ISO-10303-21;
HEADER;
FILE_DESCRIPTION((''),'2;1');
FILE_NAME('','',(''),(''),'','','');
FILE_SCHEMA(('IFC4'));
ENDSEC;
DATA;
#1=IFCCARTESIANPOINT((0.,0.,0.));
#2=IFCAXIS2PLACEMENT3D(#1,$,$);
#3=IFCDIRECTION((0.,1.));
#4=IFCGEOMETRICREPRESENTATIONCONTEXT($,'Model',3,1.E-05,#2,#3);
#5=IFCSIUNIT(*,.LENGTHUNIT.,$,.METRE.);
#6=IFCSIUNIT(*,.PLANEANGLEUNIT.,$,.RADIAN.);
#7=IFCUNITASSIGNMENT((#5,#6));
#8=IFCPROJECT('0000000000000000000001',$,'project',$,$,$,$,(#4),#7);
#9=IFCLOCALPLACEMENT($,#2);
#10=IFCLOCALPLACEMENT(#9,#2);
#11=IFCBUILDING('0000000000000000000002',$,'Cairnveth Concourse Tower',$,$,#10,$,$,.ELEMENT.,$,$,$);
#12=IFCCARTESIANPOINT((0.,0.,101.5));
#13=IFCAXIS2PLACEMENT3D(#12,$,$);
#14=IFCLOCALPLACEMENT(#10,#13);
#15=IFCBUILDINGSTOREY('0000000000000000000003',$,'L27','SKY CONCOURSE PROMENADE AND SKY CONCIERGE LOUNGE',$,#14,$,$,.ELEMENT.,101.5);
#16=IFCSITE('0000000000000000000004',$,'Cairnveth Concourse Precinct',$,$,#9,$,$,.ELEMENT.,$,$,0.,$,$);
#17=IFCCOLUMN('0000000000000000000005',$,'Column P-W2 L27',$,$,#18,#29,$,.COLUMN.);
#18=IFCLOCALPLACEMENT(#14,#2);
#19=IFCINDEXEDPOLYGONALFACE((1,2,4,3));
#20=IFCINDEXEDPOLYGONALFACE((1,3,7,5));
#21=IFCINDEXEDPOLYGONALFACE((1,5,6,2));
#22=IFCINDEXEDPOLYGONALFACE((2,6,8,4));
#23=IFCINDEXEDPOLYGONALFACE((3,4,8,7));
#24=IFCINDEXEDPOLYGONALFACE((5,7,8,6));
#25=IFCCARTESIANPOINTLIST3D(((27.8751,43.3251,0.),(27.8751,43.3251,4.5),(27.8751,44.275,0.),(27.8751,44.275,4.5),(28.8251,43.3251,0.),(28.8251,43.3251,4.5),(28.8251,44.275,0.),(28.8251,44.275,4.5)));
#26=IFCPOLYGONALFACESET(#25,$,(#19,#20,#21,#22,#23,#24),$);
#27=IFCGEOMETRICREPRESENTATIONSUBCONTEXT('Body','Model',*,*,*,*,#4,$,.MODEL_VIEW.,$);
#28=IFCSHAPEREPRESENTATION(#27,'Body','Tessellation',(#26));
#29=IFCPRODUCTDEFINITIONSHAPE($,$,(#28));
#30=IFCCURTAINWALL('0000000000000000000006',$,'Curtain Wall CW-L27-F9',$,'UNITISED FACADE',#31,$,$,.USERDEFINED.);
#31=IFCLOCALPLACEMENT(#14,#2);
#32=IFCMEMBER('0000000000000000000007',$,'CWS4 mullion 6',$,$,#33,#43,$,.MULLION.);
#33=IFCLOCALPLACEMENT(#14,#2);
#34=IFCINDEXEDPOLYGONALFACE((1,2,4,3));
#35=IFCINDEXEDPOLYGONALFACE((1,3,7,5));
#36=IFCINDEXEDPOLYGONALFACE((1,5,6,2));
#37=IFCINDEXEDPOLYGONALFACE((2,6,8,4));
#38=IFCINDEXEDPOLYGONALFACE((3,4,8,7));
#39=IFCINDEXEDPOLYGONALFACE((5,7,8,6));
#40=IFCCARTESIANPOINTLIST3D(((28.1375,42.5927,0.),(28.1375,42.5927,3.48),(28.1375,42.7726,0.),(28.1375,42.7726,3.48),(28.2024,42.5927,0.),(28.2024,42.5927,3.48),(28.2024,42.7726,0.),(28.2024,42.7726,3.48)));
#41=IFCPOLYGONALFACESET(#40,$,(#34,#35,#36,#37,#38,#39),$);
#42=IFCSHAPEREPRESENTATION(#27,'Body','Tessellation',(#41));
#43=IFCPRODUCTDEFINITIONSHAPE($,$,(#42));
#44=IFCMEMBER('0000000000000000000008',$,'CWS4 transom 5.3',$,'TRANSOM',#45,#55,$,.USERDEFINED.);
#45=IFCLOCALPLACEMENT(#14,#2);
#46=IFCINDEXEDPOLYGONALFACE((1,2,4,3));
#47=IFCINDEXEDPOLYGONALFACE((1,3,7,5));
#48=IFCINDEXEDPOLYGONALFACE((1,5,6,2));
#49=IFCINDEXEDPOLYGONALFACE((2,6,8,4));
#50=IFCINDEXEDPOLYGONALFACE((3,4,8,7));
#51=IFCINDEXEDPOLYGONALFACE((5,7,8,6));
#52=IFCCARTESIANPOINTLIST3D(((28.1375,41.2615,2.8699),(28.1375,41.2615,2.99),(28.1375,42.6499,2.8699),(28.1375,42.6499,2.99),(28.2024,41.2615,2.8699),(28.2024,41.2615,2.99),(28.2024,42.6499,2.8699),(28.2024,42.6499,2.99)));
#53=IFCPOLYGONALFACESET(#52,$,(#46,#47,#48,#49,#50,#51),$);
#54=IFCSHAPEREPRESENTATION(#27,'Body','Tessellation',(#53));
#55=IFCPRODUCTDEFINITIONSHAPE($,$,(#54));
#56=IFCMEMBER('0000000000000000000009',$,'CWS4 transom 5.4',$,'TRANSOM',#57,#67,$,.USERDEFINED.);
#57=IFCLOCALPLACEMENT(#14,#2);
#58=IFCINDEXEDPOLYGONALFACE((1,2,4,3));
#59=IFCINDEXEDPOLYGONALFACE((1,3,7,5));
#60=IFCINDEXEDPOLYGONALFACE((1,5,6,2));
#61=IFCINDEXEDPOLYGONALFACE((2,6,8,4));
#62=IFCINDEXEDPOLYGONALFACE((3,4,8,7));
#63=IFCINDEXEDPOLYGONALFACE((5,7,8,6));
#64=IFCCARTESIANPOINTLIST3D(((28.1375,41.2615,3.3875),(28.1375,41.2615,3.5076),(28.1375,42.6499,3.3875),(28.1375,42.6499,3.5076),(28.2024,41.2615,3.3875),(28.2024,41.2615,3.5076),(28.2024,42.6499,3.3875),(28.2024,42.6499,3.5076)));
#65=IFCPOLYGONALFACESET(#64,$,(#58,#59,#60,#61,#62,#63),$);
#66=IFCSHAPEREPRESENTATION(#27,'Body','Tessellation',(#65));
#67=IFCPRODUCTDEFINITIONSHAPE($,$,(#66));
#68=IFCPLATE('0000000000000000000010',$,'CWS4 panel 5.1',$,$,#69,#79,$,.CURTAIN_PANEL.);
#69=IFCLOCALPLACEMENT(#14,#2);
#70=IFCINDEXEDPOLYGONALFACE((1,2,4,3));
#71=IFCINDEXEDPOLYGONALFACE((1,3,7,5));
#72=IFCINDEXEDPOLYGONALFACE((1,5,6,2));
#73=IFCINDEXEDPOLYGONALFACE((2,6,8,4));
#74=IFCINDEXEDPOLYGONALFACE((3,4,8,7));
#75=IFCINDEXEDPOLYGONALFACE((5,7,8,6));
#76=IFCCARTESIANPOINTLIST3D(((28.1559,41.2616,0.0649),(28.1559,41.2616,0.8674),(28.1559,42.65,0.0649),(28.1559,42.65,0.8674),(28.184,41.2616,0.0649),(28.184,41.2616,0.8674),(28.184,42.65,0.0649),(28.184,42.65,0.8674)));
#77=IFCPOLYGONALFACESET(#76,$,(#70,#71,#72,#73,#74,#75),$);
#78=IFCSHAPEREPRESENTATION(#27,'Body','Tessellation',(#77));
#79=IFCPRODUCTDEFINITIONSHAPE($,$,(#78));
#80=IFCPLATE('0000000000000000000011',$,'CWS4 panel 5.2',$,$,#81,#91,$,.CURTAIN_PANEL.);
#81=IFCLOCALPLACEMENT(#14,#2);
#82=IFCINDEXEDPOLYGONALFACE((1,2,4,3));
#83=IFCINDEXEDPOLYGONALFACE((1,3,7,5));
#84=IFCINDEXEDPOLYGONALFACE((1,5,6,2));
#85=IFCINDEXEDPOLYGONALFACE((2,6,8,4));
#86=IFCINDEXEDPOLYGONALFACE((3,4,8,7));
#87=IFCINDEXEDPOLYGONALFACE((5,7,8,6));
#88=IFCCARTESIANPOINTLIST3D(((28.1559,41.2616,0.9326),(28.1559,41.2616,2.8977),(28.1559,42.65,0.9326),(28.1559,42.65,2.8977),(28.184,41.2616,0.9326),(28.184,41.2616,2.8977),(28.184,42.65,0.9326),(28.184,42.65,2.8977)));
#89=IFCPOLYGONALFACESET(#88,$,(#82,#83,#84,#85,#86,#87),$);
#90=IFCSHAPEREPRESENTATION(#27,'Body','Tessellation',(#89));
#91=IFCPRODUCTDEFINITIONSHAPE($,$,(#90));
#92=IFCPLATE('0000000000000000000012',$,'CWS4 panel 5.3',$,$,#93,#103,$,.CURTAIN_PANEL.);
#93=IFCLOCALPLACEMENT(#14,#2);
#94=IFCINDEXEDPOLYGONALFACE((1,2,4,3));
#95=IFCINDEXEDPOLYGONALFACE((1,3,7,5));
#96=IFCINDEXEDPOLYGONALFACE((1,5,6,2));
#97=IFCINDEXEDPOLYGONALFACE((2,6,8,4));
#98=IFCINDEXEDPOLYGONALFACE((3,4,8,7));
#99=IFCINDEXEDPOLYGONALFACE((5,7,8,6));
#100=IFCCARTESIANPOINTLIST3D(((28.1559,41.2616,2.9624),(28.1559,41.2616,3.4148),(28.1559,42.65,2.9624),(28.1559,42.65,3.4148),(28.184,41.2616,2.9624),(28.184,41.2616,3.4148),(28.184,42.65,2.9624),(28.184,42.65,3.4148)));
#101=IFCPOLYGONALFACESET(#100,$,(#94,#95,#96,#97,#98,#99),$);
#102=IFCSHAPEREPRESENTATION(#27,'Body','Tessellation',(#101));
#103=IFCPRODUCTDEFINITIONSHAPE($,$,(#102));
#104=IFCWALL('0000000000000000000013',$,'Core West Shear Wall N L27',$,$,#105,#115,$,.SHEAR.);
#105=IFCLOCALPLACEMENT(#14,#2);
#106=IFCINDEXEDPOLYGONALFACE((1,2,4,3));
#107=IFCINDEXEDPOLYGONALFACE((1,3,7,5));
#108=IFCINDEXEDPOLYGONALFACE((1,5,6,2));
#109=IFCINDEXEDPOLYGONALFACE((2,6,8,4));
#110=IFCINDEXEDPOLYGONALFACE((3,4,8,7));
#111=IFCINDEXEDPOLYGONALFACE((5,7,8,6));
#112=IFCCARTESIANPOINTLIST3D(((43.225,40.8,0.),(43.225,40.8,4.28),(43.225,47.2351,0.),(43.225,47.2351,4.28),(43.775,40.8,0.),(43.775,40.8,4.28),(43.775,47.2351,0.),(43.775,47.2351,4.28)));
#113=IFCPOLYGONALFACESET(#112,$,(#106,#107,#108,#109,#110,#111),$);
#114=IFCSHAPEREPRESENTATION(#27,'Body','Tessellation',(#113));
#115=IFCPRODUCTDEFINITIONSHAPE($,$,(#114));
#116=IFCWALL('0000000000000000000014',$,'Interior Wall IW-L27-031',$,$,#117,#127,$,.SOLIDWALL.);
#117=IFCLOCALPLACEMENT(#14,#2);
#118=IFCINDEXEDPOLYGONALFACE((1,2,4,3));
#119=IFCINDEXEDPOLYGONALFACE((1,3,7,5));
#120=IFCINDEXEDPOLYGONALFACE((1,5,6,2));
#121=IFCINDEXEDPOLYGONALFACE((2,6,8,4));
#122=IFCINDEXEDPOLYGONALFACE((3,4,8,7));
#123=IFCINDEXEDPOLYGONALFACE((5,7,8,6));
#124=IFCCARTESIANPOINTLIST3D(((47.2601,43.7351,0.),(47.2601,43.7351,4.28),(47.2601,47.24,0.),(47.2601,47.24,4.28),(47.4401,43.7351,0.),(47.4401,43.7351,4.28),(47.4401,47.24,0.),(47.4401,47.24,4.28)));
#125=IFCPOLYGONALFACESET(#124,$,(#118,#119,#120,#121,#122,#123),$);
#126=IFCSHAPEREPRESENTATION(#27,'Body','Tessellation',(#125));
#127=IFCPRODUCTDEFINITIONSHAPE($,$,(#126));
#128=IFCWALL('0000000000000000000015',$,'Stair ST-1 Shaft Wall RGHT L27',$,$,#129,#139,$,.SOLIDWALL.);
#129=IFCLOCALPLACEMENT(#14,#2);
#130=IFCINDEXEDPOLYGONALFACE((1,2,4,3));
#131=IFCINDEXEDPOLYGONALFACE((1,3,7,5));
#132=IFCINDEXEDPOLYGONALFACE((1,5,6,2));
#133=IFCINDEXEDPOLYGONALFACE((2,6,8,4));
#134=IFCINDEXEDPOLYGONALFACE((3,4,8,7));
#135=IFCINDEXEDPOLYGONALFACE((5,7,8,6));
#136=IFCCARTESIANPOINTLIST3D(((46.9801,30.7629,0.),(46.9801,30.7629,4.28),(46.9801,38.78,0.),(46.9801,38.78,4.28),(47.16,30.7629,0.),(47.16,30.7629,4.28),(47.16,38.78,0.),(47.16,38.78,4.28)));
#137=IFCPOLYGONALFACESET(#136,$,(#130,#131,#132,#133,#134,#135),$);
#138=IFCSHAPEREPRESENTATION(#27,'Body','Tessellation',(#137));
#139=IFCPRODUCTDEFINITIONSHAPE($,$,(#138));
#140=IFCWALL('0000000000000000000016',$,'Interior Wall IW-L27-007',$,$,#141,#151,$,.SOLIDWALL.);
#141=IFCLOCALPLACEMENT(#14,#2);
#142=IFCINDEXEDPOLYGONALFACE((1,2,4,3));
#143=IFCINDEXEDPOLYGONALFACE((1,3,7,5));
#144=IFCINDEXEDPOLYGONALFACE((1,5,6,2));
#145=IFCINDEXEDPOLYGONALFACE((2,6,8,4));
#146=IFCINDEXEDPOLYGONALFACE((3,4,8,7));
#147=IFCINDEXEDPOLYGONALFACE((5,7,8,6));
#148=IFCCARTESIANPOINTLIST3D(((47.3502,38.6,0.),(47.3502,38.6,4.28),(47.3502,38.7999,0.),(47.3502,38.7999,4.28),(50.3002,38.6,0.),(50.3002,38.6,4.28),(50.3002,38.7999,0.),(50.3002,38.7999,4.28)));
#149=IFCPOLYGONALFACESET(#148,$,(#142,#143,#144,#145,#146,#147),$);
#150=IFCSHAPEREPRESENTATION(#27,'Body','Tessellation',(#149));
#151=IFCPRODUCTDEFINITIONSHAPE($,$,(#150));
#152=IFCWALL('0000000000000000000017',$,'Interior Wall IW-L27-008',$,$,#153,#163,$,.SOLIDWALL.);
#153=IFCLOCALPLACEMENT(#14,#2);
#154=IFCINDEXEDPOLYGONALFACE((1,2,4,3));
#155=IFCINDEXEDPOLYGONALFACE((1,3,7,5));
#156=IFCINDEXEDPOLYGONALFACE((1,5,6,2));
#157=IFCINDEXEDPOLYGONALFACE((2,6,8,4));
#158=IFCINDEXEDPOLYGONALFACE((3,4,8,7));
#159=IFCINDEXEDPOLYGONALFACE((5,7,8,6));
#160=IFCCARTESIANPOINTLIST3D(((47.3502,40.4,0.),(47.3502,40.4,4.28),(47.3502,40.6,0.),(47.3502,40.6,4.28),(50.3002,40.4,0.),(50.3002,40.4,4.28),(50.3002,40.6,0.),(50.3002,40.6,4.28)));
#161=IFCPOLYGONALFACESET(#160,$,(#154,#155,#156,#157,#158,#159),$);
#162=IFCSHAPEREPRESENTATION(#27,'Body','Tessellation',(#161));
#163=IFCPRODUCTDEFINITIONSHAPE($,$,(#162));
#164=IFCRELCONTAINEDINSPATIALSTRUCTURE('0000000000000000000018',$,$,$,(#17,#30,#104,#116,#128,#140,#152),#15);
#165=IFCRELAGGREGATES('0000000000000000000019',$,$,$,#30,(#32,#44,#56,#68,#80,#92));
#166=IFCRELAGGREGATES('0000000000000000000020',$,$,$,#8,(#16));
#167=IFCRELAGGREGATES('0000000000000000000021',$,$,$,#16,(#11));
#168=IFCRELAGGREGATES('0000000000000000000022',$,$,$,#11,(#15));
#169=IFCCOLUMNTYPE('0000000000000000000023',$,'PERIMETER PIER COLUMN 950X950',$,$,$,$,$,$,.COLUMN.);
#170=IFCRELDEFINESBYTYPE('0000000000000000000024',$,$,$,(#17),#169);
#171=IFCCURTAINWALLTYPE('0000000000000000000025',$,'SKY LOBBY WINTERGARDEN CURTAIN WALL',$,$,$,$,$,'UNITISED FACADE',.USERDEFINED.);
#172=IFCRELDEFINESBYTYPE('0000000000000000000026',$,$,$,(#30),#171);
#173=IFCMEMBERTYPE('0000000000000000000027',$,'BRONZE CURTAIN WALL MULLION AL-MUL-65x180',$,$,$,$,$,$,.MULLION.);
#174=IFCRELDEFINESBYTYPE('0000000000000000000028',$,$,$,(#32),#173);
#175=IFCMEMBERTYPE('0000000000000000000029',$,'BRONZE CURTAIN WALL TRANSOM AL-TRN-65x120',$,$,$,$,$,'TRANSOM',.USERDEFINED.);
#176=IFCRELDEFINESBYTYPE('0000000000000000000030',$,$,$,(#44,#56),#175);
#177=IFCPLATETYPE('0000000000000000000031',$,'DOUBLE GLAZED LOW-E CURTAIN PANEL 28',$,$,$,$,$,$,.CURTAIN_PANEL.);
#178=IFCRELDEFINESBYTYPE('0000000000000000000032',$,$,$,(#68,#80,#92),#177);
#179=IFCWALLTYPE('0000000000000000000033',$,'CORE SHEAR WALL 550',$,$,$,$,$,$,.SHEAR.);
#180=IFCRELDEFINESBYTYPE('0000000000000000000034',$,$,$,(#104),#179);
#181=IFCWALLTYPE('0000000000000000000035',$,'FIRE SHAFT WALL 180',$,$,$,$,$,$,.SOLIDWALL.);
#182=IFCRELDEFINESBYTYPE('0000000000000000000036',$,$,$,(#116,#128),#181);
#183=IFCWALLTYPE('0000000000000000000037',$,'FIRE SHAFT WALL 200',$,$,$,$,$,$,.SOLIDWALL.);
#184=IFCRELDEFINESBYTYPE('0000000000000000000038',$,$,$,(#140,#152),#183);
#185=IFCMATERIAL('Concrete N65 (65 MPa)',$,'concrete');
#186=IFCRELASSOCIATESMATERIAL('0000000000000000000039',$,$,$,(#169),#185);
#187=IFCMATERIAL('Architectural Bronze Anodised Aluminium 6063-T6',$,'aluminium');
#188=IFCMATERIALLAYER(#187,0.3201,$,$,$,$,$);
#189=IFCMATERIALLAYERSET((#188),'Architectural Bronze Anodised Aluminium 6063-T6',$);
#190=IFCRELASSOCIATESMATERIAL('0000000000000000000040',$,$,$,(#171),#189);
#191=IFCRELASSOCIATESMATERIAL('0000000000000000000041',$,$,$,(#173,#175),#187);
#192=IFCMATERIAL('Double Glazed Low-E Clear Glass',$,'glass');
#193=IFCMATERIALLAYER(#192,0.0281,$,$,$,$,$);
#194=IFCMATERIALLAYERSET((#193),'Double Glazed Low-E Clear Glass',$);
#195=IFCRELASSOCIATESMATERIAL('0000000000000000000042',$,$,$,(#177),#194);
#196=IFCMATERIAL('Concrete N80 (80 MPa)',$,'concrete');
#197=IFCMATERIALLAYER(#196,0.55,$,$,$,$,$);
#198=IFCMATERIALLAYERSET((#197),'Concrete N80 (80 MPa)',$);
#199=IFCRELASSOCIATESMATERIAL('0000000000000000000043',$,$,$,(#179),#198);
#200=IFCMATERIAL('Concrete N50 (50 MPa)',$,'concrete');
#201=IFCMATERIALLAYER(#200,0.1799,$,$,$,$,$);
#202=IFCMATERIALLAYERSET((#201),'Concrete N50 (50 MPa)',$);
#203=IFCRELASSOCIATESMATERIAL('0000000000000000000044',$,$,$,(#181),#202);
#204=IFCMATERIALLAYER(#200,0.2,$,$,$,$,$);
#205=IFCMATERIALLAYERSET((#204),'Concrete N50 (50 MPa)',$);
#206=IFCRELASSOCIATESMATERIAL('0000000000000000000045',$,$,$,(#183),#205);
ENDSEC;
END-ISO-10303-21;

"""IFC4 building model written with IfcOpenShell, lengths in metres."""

from ifc_helpers import new_model, si_unit, direction, frame, frame_2d, origin, origin_2d, place, context, subcontext, project, spatial, rectangle, extrude, material, layer, layer_set, material_profile, profile_set, type_object, element, aggregate, save


model = new_model("IFC4")

# Units and contexts
model_context = context("Model", 3, precision=1e-05, world=origin(), true_north=direction((0.0, 1.0)))
body_context = subcontext(model_context, "Body", "Model", "MODEL_VIEW")
ifc_project = project(units=[si_unit("LENGTHUNIT", "METRE"), si_unit("PLANEANGLEUNIT", "RADIAN")], contexts=[model_context])

# Site, building, storey
site_placement = place(None, origin())
site = spatial("IfcSite", under=ifc_project, at=site_placement, Name="Cairnveth Concourse Precinct", CompositionType="ELEMENT", RefElevation=0.0)
building_placement = place(site_placement, origin())
building = spatial("IfcBuilding", under=site, at=building_placement, Name="Cairnveth Concourse Tower", CompositionType="ELEMENT")
storey_placement = place(building_placement, frame((0.0, 0.0, 101.5)))
storey = spatial("IfcBuildingStorey", under=building, at=storey_placement, Name="L27", Description="SKY CONCOURSE PROMENADE AND SKY CONCIERGE LOUNGE", CompositionType="ELEMENT", Elevation=101.5)

# Column
ifc_material_1 = material(Name="Concrete N65 (65 MPa)", Category="concrete")
ifc_material_profile_1 = material_profile(ifc_material_1, rectangle(XDim=0.95, YDim=0.95, at=origin_2d()), Name="RC-COL-950x950")
ifc_profile_set_1 = profile_set([ifc_material_profile_1], Name="Concrete N65 (65 MPa)")
column_type = type_object("IfcColumnType", Name="PERIMETER PIER COLUMN 950X950", PredefinedType="COLUMN", material=ifc_profile_set_1)
column_placement = place(storey_placement, frame((28.3501, 43.8, 0.0), z_axis=(0.0, 0.0, 1.0), x_axis=(0.0, 1.0, 0.0)))
element("IfcColumn", 1, at=column_placement, inside=storey, type_object=column_type, Name="Column P-W2 L27", PredefinedType="COLUMN", context=body_context, shape_type="SweptSolid", body=[
    extrude(rectangle(XDim=0.95, YDim=0.95, at=origin_2d()), origin(), (0.0, 0.0, 1.0), 4.5),
])

# Curtain wall, members, plates
ifc_material_2 = material(Name="Architectural Bronze Anodised Aluminium 6063-T6", Category="aluminium")
ifc_layer_1 = layer(ifc_material_2, 0.3201)
ifc_layer_set_1 = layer_set([ifc_layer_1], Name="Architectural Bronze Anodised Aluminium 6063-T6")
curtain_wall_type = type_object("IfcCurtainWallType", Name="SKY LOBBY WINTERGARDEN CURTAIN WALL", ElementType="UNITISED FACADE", PredefinedType="USERDEFINED", material=ifc_layer_set_1)
curtain_wall_placement = place(storey_placement, origin())
curtain_wall = element("IfcCurtainWall", 2, at=curtain_wall_placement, inside=storey, type_object=curtain_wall_type, Name="Curtain Wall CW-L27-F9", ObjectType="UNITISED FACADE", PredefinedType="USERDEFINED")
ifc_material_profile_2 = material_profile(ifc_material_2, rectangle(XDim=0.0649, YDim=0.1799, at=origin_2d()), Name="AL-MUL-65x180")
ifc_profile_set_2 = profile_set([ifc_material_profile_2], Name="Architectural Bronze Anodised Aluminium 6063-T6")
member_type_1 = type_object("IfcMemberType", Name="BRONZE CURTAIN WALL MULLION AL-MUL-65x180", PredefinedType="MULLION", material=ifc_profile_set_2)
member_1_placement = place(storey_placement, frame((28.1699, 42.6826, 0.0), z_axis=(0.0, 0.0, 1.0), x_axis=(-1.0, 0.0, 0.0)))
member_1 = element("IfcMember", 3, at=member_1_placement, type_object=member_type_1, Name="CWS4 mullion 6", PredefinedType="MULLION", context=body_context, shape_type="SweptSolid", body=[
    extrude(rectangle(XDim=0.0649, YDim=0.1799, at=origin_2d()), origin(), (0.0, 0.0, 1.0), 3.48),
])
ifc_material_profile_3 = material_profile(ifc_material_2, rectangle(XDim=0.0649, YDim=0.1201, at=origin_2d()), Name="AL-TRN-65x120")
ifc_profile_set_3 = profile_set([ifc_material_profile_3], Name="Architectural Bronze Anodised Aluminium 6063-T6")
member_type_2 = type_object("IfcMemberType", Name="BRONZE CURTAIN WALL TRANSOM AL-TRN-65x120", ElementType="TRANSOM", PredefinedType="USERDEFINED", material=ifc_profile_set_3)
member_2_placement = place(storey_placement, frame((28.1699, 41.2615, 2.9299), z_axis=(0.0, 1.0, 0.0), x_axis=(-1.0, 0.0, 0.0)))
member_2 = element("IfcMember", 4, at=member_2_placement, type_object=member_type_2, Name="CWS4 transom 5.3", ObjectType="TRANSOM", PredefinedType="USERDEFINED", context=body_context, shape_type="SweptSolid", body=[
    extrude(rectangle(XDim=0.0649, YDim=0.1201, at=origin_2d()), origin(), (0.0, 0.0, 1.0), 1.3884),
])
member_3_placement = place(storey_placement, frame((28.1699, 41.2615, 3.4475), z_axis=(0.0, 1.0, 0.0), x_axis=(-1.0, 0.0, 0.0)))
member_3 = element("IfcMember", 5, at=member_3_placement, type_object=member_type_2, Name="CWS4 transom 5.4", ObjectType="TRANSOM", PredefinedType="USERDEFINED", context=body_context, shape_type="SweptSolid", body=[
    extrude(rectangle(XDim=0.0649, YDim=0.1201, at=origin_2d()), origin(), (0.0, 0.0, 1.0), 1.3884),
])
ifc_material_3 = material(Name="Double Glazed Low-E Clear Glass", Category="glass")
ifc_layer_2 = layer(ifc_material_3, 0.0281)
ifc_layer_set_2 = layer_set([ifc_layer_2], Name="Double Glazed Low-E Clear Glass")
plate_type = type_object("IfcPlateType", Name="DOUBLE GLAZED LOW-E CURTAIN PANEL 28", PredefinedType="CURTAIN_PANEL", material=ifc_layer_set_2)
plate_1_placement = place(storey_placement, frame((28.1699, 41.9558, 0.0649), z_axis=(0.0, 0.0, 1.0), x_axis=(0.0, 1.0, 0.0)))
plate_1 = element("IfcPlate", 6, at=plate_1_placement, type_object=plate_type, Name="CWS4 panel 5.1", PredefinedType="CURTAIN_PANEL", context=body_context, shape_type="SweptSolid", body=[
    extrude(rectangle(XDim=1.3884, YDim=0.0281, at=origin_2d()), origin(), (0.0, 0.0, 1.0), 0.8025),
])
plate_2_placement = place(storey_placement, frame((28.1699, 41.9558, 0.9326), z_axis=(0.0, 0.0, 1.0), x_axis=(0.0, 1.0, 0.0)))
plate_2 = element("IfcPlate", 7, at=plate_2_placement, type_object=plate_type, Name="CWS4 panel 5.2", PredefinedType="CURTAIN_PANEL", context=body_context, shape_type="SweptSolid", body=[
    extrude(rectangle(XDim=1.3884, YDim=0.0281, at=origin_2d()), origin(), (0.0, 0.0, 1.0), 1.9651),
])
plate_3_placement = place(storey_placement, frame((28.1699, 41.9558, 2.9624), z_axis=(0.0, 0.0, 1.0), x_axis=(0.0, 1.0, 0.0)))
plate_3 = element("IfcPlate", 8, at=plate_3_placement, type_object=plate_type, Name="CWS4 panel 5.3", PredefinedType="CURTAIN_PANEL", context=body_context, shape_type="SweptSolid", body=[
    extrude(rectangle(XDim=1.3884, YDim=0.0281, at=origin_2d()), origin(), (0.0, 0.0, 1.0), 0.4524),
])
aggregate(curtain_wall, [member_1, member_2, member_3, plate_1, plate_2, plate_3])

# Walls
ifc_material_4 = material(Name="Concrete N80 (80 MPa)", Category="concrete")
ifc_layer_3 = layer(ifc_material_4, 0.55)
ifc_layer_set_3 = layer_set([ifc_layer_3], Name="Concrete N80 (80 MPa)")
wall_type_1 = type_object("IfcWallType", Name="CORE SHEAR WALL 550", PredefinedType="SHEAR", material=ifc_layer_set_3)
wall_1_placement = place(storey_placement, frame((43.5, 40.8, 0.0), z_axis=(0.0, 0.0, 1.0), x_axis=(0.0, 1.0, 0.0)))
element("IfcWall", 9, at=wall_1_placement, inside=storey, type_object=wall_type_1, Name="Core West Shear Wall N L27", PredefinedType="SHEAR", context=body_context, shape_type="SweptSolid", body=[
    extrude(rectangle(XDim=6.4351, YDim=0.55, at=frame_2d((3.2175, 0.0))), origin(), (0.0, 0.0, 1.0), 4.28),
])
ifc_material_5 = material(Name="Concrete N50 (50 MPa)", Category="concrete")
ifc_layer_4 = layer(ifc_material_5, 0.1799)
ifc_layer_set_4 = layer_set([ifc_layer_4], Name="Concrete N50 (50 MPa)")
wall_type_2 = type_object("IfcWallType", Name="FIRE SHAFT WALL 180", PredefinedType="SOLIDWALL", material=ifc_layer_set_4)
wall_2_placement = place(storey_placement, frame((47.3501, 43.7351, 0.0), z_axis=(0.0, 0.0, 1.0), x_axis=(0.0, 1.0, 0.0)))
element("IfcWall", 10, at=wall_2_placement, inside=storey, type_object=wall_type_2, Name="Interior Wall IW-L27-031", PredefinedType="SOLIDWALL", context=body_context, shape_type="SweptSolid", body=[
    extrude(rectangle(XDim=3.5049, YDim=0.1799, at=frame_2d((1.7524, 0.0))), origin(), (0.0, 0.0, 1.0), 4.28),
])

# Walls
wall_3_placement = place(storey_placement, frame((47.0701, 38.78, 0.0), z_axis=(0.0, 0.0, 1.0), x_axis=(0.0, -1.0, 0.0)))
element("IfcWall", 11, at=wall_3_placement, inside=storey, type_object=wall_type_2, Name="Stair ST-1 Shaft Wall RGHT L27", PredefinedType="SOLIDWALL", context=body_context, shape_type="SweptSolid", body=[
    extrude(rectangle(XDim=8.0171, YDim=0.1799, at=frame_2d((4.0085, 0.0))), origin(), (0.0, 0.0, 1.0), 4.28),
])
ifc_layer_5 = layer(ifc_material_5, 0.2)
ifc_layer_set_5 = layer_set([ifc_layer_5], Name="Concrete N50 (50 MPa)")
wall_type_3 = type_object("IfcWallType", Name="FIRE SHAFT WALL 200", PredefinedType="SOLIDWALL", material=ifc_layer_set_5)
for number, where, z_axis, x_axis, name in (
    (12, (47.3501, 38.7, 0.0), (0.0, 0.0, 1.0), (1.0, 0.0, 0.0), "Interior Wall IW-L27-007"),
    (13, (47.3501, 40.5, 0.0), (0.0, 0.0, 1.0), (1.0, 0.0, 0.0), "Interior Wall IW-L27-008"),
):
    element("IfcWall", number, at=place(storey_placement, frame(where, z_axis=z_axis, x_axis=x_axis)), inside=storey, type_object=wall_type_3, Name=name, PredefinedType="SOLIDWALL", context=body_context, shape_type="SweptSolid", body=[
        extrude(rectangle(XDim=2.95, YDim=0.2, at=frame_2d((1.4751, 0.0))), origin(), (0.0, 0.0, 1.0), 4.28),
    ])

save(model, "model.ifc")
